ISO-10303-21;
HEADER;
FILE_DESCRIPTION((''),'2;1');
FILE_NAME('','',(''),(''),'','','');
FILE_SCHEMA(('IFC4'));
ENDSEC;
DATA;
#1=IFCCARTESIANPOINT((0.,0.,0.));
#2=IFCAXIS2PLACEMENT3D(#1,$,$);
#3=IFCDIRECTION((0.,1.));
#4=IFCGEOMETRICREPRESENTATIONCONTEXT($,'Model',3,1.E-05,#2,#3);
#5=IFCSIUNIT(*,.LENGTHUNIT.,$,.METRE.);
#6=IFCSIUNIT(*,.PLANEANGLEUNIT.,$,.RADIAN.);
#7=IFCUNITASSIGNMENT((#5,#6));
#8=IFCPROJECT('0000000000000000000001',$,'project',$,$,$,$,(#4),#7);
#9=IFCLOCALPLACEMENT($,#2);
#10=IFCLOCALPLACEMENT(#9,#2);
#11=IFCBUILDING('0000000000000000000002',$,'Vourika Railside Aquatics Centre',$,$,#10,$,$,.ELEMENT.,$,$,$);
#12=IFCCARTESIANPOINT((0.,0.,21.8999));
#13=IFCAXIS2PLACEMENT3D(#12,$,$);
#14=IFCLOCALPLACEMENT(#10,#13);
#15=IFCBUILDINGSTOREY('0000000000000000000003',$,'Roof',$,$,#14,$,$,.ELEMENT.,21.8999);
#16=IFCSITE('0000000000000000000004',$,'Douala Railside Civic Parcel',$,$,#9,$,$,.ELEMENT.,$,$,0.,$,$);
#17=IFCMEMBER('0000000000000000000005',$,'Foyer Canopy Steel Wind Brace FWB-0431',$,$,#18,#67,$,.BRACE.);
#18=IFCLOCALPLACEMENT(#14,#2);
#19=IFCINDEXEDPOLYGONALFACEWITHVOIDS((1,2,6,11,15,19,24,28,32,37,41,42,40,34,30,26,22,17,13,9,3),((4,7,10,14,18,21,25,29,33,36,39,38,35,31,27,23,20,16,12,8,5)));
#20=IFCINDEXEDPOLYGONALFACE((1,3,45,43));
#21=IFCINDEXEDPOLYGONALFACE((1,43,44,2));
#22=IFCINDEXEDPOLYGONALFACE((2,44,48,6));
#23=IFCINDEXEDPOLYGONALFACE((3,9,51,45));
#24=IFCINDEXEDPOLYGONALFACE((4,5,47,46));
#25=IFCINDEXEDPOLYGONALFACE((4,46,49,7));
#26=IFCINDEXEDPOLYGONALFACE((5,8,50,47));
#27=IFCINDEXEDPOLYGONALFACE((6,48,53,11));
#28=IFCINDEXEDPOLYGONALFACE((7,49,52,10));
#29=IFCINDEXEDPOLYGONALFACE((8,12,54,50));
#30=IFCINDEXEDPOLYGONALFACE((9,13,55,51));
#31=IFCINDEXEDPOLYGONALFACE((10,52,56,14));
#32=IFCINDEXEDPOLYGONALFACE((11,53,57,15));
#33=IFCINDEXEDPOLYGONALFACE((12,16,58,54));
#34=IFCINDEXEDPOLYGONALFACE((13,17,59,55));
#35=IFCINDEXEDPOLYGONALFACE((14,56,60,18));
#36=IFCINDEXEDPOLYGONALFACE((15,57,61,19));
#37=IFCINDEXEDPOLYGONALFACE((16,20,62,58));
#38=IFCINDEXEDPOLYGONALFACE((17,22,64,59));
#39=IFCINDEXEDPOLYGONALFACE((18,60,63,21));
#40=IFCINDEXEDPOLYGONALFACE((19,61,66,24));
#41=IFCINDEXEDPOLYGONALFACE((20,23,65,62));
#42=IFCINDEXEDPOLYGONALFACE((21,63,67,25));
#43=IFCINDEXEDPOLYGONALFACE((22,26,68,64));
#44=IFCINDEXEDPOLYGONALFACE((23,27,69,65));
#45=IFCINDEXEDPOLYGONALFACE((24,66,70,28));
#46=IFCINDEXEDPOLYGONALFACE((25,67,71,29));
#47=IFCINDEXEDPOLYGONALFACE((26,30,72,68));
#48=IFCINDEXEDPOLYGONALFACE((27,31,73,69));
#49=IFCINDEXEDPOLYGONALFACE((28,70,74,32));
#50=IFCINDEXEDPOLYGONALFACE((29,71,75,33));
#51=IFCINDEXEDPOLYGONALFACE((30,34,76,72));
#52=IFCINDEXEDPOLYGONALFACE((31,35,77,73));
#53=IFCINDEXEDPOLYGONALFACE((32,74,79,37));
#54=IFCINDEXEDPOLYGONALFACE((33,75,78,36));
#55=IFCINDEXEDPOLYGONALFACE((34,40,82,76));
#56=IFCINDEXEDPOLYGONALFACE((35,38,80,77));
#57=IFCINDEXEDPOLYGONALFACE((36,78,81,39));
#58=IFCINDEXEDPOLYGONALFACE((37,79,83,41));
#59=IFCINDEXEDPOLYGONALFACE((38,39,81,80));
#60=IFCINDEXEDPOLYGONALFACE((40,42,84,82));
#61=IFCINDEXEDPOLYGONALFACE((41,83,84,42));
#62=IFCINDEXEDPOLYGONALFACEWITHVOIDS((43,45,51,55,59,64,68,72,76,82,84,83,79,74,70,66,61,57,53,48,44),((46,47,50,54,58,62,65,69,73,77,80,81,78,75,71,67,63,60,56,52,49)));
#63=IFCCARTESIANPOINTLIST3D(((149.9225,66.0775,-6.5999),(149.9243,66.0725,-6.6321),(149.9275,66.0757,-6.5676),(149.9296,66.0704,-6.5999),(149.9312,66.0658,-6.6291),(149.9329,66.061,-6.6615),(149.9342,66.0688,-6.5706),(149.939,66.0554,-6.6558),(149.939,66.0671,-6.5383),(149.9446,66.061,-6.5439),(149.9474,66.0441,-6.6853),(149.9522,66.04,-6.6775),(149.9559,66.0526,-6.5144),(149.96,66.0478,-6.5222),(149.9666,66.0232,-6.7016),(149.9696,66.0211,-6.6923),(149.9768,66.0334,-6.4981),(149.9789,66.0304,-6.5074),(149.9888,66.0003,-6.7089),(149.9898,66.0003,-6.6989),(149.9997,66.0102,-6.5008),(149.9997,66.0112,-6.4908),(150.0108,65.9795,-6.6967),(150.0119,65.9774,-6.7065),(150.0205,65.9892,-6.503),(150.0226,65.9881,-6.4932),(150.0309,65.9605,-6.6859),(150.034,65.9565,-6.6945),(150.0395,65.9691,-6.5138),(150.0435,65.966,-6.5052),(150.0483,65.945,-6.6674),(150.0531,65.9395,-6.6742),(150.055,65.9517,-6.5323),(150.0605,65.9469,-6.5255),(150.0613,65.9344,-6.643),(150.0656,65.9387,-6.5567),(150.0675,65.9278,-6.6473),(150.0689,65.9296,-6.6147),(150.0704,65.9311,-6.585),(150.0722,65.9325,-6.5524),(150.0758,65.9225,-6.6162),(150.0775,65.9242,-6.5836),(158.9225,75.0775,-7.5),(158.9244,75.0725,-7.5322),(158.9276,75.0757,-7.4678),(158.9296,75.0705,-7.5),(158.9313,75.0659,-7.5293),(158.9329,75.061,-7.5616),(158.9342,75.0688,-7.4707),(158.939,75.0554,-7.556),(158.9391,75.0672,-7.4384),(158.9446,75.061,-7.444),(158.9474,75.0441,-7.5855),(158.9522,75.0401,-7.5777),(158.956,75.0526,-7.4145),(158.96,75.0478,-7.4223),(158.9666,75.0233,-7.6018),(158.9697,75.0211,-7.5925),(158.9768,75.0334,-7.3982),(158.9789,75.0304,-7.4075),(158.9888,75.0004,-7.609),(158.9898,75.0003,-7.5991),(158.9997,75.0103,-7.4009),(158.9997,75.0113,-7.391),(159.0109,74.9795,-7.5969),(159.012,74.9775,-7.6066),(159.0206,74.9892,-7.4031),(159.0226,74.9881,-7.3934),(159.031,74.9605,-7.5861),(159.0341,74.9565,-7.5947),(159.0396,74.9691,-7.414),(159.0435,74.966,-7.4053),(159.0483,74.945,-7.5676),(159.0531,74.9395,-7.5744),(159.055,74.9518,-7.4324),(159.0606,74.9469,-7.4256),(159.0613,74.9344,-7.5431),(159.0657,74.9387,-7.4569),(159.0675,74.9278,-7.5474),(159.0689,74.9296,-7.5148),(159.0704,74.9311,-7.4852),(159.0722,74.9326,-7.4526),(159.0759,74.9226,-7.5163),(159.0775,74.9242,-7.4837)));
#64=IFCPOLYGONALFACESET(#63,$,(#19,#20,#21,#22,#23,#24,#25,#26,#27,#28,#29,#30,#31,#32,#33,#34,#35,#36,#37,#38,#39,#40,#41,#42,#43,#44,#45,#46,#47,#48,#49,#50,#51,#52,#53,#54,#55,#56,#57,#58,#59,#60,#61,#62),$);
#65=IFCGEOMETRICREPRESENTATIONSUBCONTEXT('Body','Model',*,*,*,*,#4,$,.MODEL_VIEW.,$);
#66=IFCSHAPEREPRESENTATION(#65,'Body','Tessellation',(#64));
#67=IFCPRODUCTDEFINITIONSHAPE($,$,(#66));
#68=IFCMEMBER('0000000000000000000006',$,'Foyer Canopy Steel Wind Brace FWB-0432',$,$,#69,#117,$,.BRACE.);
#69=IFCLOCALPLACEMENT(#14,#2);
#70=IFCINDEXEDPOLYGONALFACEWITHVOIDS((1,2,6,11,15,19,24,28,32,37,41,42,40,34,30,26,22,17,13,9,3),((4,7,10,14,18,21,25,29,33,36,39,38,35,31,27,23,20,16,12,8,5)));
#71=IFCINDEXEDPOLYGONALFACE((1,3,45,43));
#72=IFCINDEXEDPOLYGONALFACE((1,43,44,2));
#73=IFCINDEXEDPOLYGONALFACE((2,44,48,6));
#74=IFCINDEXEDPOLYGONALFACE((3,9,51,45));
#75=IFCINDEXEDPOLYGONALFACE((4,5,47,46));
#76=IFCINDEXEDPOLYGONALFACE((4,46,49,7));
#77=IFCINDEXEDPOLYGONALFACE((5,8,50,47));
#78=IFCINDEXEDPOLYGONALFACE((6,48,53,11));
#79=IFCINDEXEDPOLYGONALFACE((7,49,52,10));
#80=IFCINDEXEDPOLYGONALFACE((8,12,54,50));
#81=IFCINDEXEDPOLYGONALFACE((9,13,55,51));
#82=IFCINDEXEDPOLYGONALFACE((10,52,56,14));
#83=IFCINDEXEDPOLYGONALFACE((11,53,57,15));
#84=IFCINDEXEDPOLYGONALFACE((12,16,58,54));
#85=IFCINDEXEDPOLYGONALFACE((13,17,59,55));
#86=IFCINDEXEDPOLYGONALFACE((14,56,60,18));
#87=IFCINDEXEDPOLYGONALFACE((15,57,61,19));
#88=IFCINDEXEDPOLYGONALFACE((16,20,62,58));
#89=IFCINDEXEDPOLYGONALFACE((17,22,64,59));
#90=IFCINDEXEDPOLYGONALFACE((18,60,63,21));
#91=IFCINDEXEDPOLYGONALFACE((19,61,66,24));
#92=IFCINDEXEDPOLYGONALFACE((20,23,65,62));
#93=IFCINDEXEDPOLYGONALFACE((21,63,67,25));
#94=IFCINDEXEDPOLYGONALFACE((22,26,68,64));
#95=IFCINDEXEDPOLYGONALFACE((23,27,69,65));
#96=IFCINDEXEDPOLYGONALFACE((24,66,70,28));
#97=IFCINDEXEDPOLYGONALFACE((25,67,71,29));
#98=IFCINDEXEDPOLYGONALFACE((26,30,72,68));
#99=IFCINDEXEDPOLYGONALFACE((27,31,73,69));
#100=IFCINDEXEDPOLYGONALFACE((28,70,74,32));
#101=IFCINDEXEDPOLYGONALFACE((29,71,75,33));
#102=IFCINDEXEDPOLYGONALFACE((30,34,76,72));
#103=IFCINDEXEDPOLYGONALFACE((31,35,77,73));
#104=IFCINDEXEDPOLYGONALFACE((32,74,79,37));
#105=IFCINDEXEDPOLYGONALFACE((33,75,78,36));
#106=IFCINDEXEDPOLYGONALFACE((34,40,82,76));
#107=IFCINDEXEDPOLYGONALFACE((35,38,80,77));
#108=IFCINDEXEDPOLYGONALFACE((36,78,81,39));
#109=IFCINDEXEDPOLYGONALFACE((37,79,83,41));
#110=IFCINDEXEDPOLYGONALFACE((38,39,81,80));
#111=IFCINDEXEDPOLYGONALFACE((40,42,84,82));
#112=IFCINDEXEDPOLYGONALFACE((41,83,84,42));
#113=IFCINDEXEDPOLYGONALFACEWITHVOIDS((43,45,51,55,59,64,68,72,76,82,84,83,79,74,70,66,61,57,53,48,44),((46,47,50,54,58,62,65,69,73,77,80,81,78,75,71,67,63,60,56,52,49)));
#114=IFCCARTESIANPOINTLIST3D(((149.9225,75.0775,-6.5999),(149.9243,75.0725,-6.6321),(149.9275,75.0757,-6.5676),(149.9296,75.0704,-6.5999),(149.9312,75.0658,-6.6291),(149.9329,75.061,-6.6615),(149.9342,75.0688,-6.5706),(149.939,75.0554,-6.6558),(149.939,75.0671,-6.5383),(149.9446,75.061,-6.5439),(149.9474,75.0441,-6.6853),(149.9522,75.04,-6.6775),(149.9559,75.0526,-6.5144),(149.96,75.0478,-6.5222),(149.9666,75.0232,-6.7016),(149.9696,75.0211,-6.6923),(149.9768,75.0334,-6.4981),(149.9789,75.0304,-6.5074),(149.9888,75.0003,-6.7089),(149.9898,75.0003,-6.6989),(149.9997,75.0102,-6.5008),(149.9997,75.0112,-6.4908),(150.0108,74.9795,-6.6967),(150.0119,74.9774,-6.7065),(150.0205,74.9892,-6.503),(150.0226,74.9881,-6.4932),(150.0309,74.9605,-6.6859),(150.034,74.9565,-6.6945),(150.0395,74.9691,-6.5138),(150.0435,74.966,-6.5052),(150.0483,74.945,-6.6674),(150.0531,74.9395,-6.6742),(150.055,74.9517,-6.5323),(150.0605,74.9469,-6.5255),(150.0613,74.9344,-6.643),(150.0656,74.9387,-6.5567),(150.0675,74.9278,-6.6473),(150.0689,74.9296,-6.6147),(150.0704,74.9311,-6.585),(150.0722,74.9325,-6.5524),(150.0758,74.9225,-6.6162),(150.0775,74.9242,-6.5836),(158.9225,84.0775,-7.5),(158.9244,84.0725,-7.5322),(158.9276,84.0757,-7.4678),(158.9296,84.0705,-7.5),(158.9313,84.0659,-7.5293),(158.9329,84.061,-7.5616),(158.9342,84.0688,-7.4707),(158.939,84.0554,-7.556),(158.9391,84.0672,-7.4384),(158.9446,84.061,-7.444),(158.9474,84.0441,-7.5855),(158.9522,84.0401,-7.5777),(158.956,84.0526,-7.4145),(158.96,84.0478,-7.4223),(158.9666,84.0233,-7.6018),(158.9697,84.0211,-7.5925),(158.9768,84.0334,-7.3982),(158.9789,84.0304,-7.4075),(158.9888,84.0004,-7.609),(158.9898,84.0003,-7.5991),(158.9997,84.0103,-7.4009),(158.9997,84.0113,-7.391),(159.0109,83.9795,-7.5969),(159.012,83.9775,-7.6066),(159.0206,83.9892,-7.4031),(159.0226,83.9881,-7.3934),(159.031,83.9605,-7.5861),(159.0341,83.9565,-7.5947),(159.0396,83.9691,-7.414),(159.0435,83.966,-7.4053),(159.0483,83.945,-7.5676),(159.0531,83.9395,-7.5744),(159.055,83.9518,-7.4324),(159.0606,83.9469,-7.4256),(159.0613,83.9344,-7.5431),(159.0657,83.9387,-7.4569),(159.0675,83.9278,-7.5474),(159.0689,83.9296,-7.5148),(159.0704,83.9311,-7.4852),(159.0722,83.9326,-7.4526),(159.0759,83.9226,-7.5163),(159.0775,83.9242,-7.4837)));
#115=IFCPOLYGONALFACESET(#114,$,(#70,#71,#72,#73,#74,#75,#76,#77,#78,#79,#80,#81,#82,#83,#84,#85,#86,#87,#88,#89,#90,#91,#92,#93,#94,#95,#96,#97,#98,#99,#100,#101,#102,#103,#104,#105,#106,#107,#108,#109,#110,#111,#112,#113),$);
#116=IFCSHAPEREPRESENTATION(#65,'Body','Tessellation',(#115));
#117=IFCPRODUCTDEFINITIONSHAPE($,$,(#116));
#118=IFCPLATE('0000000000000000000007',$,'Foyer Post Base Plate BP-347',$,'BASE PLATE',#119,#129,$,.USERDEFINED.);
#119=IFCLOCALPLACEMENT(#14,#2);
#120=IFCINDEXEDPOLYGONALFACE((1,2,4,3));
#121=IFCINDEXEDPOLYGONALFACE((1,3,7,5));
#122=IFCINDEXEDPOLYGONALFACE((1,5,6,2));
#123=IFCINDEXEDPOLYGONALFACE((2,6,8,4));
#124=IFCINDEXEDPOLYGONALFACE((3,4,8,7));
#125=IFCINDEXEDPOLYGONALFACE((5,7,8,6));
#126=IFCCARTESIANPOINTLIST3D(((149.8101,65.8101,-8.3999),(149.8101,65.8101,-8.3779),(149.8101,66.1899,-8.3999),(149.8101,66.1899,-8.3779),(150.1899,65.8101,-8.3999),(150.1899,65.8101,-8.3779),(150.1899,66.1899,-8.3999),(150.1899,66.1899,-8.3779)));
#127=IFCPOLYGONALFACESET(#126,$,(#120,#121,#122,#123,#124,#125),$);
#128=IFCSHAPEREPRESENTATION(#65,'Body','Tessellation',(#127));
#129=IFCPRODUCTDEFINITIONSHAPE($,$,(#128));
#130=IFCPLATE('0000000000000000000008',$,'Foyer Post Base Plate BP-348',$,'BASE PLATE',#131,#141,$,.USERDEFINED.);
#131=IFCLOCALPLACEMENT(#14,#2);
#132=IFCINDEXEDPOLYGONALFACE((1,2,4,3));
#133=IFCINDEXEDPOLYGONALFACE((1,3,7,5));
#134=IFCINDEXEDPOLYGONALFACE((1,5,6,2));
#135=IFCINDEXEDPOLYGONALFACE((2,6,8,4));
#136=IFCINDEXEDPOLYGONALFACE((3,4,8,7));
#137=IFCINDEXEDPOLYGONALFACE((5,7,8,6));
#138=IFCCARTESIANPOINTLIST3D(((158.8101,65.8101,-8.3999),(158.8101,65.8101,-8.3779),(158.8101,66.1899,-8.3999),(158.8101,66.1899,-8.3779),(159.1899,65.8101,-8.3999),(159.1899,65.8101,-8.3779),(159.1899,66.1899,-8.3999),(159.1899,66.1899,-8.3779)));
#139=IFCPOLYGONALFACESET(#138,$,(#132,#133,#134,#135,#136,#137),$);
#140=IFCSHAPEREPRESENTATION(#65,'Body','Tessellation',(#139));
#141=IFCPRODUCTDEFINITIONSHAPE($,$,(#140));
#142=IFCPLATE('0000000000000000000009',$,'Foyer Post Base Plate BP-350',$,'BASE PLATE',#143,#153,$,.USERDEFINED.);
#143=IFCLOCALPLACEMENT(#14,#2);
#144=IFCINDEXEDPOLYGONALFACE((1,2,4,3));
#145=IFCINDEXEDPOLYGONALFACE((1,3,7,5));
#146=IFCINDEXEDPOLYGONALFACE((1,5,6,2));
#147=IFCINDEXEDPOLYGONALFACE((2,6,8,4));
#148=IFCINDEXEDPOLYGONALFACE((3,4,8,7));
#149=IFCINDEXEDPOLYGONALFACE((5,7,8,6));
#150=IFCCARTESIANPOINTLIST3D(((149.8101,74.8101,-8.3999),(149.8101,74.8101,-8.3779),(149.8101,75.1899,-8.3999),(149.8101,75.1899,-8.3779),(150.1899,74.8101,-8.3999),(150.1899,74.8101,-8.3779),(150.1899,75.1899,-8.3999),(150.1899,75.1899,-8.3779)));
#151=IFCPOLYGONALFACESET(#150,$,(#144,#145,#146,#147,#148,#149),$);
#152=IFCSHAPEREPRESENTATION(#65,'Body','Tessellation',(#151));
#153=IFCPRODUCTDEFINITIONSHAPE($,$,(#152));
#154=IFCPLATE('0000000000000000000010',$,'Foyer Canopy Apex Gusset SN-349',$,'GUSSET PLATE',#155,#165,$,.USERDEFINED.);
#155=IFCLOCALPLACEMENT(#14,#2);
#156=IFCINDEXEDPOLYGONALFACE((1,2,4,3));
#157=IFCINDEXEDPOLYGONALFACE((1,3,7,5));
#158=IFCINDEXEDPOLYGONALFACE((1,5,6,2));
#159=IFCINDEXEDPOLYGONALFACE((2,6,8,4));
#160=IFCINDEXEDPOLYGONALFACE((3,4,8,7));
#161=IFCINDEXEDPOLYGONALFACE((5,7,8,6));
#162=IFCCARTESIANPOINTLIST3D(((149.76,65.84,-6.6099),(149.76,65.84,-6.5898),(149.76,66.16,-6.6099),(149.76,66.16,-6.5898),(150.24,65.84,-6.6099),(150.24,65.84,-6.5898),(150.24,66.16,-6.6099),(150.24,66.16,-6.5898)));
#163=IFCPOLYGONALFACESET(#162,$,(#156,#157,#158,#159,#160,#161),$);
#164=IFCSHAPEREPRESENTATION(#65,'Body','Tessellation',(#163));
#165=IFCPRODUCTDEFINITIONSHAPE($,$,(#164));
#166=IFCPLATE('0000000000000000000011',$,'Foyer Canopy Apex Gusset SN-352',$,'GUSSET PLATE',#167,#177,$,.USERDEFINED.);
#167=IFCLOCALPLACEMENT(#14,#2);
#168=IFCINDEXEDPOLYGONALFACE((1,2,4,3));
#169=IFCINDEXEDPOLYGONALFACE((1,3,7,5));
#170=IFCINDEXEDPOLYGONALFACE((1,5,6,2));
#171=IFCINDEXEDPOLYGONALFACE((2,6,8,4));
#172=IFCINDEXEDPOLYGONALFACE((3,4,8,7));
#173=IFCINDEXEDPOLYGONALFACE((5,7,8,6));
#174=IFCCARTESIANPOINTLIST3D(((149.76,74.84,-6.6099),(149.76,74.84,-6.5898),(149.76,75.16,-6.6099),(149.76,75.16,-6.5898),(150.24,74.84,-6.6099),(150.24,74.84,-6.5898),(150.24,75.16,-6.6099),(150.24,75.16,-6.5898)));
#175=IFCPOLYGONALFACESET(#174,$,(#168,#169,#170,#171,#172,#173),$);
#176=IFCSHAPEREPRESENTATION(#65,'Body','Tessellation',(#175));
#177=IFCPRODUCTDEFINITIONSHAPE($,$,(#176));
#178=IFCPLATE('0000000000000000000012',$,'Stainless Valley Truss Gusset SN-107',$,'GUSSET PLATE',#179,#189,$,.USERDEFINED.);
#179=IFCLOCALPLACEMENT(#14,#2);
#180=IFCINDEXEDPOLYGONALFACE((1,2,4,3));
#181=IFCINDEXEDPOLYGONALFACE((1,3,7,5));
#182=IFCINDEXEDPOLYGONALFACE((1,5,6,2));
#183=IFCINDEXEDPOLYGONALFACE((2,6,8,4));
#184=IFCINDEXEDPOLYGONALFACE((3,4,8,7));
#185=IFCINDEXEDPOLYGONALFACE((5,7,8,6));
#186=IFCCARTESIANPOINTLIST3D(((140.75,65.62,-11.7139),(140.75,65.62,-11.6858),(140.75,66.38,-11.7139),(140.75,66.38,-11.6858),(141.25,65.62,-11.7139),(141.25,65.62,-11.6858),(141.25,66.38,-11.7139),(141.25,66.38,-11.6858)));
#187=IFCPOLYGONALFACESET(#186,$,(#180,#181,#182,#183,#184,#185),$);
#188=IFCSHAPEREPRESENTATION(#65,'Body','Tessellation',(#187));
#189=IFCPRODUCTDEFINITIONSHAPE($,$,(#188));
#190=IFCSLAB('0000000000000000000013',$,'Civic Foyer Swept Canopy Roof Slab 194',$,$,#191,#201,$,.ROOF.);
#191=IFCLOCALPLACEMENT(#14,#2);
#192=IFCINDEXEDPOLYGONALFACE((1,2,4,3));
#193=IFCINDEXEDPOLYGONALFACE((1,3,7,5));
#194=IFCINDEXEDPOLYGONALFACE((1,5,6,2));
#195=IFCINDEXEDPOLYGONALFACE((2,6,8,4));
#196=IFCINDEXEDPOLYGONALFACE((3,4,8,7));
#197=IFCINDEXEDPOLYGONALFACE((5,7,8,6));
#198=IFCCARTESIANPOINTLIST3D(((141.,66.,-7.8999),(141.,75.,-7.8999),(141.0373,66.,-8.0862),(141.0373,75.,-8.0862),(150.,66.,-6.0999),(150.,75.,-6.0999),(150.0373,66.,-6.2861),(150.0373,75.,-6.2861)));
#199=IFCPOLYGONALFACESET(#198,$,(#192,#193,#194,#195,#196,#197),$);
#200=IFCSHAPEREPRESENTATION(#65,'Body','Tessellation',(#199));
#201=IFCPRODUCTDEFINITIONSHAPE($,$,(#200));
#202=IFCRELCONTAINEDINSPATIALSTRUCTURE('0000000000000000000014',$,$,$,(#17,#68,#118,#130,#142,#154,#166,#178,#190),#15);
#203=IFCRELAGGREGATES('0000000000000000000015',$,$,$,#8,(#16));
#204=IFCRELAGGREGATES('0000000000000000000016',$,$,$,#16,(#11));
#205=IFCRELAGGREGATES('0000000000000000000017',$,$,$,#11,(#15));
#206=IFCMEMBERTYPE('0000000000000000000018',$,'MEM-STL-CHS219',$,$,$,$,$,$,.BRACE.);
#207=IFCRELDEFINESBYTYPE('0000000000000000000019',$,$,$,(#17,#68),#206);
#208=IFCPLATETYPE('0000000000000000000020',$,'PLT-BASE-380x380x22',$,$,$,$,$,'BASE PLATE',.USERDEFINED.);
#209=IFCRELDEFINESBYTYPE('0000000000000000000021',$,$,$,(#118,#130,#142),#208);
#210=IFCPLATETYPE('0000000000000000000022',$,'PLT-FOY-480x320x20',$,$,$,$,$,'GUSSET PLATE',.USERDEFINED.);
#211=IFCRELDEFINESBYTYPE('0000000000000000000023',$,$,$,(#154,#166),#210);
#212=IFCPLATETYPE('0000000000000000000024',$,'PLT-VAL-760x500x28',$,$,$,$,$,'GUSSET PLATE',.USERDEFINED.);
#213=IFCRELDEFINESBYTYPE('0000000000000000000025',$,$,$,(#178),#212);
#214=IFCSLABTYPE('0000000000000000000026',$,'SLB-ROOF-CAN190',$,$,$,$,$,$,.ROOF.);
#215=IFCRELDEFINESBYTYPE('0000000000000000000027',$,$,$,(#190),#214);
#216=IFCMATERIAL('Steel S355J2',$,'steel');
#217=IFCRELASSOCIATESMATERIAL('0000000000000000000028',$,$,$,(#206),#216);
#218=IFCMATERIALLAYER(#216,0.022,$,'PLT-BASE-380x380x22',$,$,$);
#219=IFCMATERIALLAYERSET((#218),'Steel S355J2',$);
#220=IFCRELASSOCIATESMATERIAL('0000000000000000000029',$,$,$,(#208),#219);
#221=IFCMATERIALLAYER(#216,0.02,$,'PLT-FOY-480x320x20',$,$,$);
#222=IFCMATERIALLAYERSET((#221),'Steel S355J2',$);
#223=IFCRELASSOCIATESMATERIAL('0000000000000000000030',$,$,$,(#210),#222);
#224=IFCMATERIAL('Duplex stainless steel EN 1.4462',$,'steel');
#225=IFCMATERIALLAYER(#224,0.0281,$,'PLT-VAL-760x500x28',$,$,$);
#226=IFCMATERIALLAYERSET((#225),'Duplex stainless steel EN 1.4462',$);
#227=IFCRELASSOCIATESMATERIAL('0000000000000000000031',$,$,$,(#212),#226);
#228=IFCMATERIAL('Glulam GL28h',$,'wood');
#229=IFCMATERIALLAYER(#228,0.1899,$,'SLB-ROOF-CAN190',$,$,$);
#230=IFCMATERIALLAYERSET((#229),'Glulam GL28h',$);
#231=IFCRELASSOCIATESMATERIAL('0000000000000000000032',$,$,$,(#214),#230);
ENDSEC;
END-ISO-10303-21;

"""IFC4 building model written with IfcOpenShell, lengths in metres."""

from ifc_helpers import new_model, si_unit, direction, frame, origin, origin_2d, place, context, subcontext, project, spatial, polyline, rectangle, hollow_circle, outline, extrude, material, layer, layer_set, material_profile, profile_set, type_object, element, save


model = new_model("IFC4")

# Units and contexts
model_context = context("Model", 3, precision=1e-05, world=origin(), true_north=direction((0.0, 1.0)))
body_context = subcontext(model_context, "Body", "Model", "MODEL_VIEW")
ifc_project = project(units=[si_unit("LENGTHUNIT", "METRE"), si_unit("PLANEANGLEUNIT", "RADIAN")], contexts=[model_context])

# Site, building, storey
site_placement = place(None, origin())
site = spatial("IfcSite", under=ifc_project, at=site_placement, Name="Douala Railside Civic Parcel", CompositionType="ELEMENT", RefElevation=0.0)
building_placement = place(site_placement, origin())
building = spatial("IfcBuilding", under=site, at=building_placement, Name="Vourika Railside Aquatics Centre", CompositionType="ELEMENT")
storey_placement = place(building_placement, frame((0.0, 0.0, 21.8999)))
storey = spatial("IfcBuildingStorey", under=building, at=storey_placement, Name="Roof", CompositionType="ELEMENT", Elevation=21.8999)

# Shared definitions
ifc_material_1 = material(Name="Steel S355J2", Category="steel")

# Members
ifc_material_profile_1 = material_profile(ifc_material_1, hollow_circle(Radius=0.1096, WallThickness=0.01, at=origin_2d()), Name="CHS 219.1x10")
ifc_profile_set_1 = profile_set([ifc_material_profile_1], Name="Steel S355J2")
member_type = type_object("IfcMemberType", Name="MEM-STL-CHS219", PredefinedType="BRACE", material=ifc_profile_set_1)
for number, where, z_axis, x_axis, name in (
    (1, (150.0, 66.0, -6.5999), (0.705345, 0.705345, -0.070546), (-0.707107, 0.707107, 0.0), "Foyer Canopy Steel Wind Brace FWB-0431"),
    (2, (150.0, 75.0, -6.5999), (0.705345, 0.705345, -0.070546), (-0.707107, 0.707107, 0.0), "Foyer Canopy Steel Wind Brace FWB-0432"),
):
    element("IfcMember", number, at=place(storey_placement, frame(where, z_axis=z_axis, x_axis=x_axis)), inside=storey, type_object=member_type, Name=name, PredefinedType="BRACE", context=body_context, shape_type="SweptSolid", body=[
        extrude(hollow_circle(Radius=0.1096, WallThickness=0.01, at=origin_2d()), origin(), (0.0, 0.0, 1.0), 12.7598),
    ])

# Plates
ifc_layer_1 = layer(ifc_material_1, 0.022, Name="PLT-BASE-380x380x22")
ifc_layer_set_1 = layer_set([ifc_layer_1], Name="Steel S355J2")
plate_type_1 = type_object("IfcPlateType", Name="PLT-BASE-380x380x22", ElementType="BASE PLATE", PredefinedType="USERDEFINED", material=ifc_layer_set_1)
for number, where, z_axis, x_axis, name in (
    (3, (150.0, 66.0, -8.3999), (0.0, 0.0, 1.0), (1.0, 0.0, 0.0), "Foyer Post Base Plate BP-347"),
    (4, (159.0, 66.0, -8.3999), (0.0, 0.0, 1.0), (1.0, 0.0, 0.0), "Foyer Post Base Plate BP-348"),
    (5, (150.0, 75.0, -8.3999), (0.0, 0.0, 1.0), (1.0, 0.0, 0.0), "Foyer Post Base Plate BP-350"),
):
    element("IfcPlate", number, at=place(storey_placement, frame(where, z_axis=z_axis, x_axis=x_axis)), inside=storey, type_object=plate_type_1, Name=name, ObjectType="BASE PLATE", PredefinedType="USERDEFINED", context=body_context, shape_type="SweptSolid", body=[
        extrude(rectangle(XDim=0.3799, YDim=0.3799, at=origin_2d()), origin(), (0.0, 0.0, 1.0), 0.022),
    ])
ifc_layer_2 = layer(ifc_material_1, 0.02, Name="PLT-FOY-480x320x20")
ifc_layer_set_2 = layer_set([ifc_layer_2], Name="Steel S355J2")
plate_type_2 = type_object("IfcPlateType", Name="PLT-FOY-480x320x20", ElementType="GUSSET PLATE", PredefinedType="USERDEFINED", material=ifc_layer_set_2)
for number, where, z_axis, x_axis, name in (
    (6, (150.0, 66.0, -6.6099), (0.0, 0.0, 1.0), (1.0, 0.0, 0.0), "Foyer Canopy Apex Gusset SN-349"),
    (7, (150.0, 75.0, -6.6099), (0.0, 0.0, 1.0), (1.0, 0.0, 0.0), "Foyer Canopy Apex Gusset SN-352"),
):
    element("IfcPlate", number, at=place(storey_placement, frame(where, z_axis=z_axis, x_axis=x_axis)), inside=storey, type_object=plate_type_2, Name=name, ObjectType="GUSSET PLATE", PredefinedType="USERDEFINED", context=body_context, shape_type="SweptSolid", body=[
        extrude(rectangle(XDim=0.48, YDim=0.3201, at=origin_2d()), origin(), (0.0, 0.0, 1.0), 0.02),
    ])
ifc_material_2 = material(Name="Duplex stainless steel EN 1.4462", Category="steel")
ifc_layer_3 = layer(ifc_material_2, 0.0281, Name="PLT-VAL-760x500x28")
ifc_layer_set_3 = layer_set([ifc_layer_3], Name="Duplex stainless steel EN 1.4462")
plate_type_3 = type_object("IfcPlateType", Name="PLT-VAL-760x500x28", ElementType="GUSSET PLATE", PredefinedType="USERDEFINED", material=ifc_layer_set_3)
plate_placement = place(storey_placement, frame((141.0, 66.0, -11.7139), z_axis=(0.0, 0.0, 1.0), x_axis=(0.0, 1.0, 0.0)))
element("IfcPlate", 8, at=plate_placement, inside=storey, type_object=plate_type_3, Name="Stainless Valley Truss Gusset SN-107", ObjectType="GUSSET PLATE", PredefinedType="USERDEFINED", context=body_context, shape_type="SweptSolid", body=[
    extrude(rectangle(XDim=0.76, YDim=0.5, at=origin_2d()), origin(), (0.0, 0.0, 1.0), 0.0281),
])

# Slab
ifc_material_3 = material(Name="Glulam GL28h", Category="wood")
ifc_layer_4 = layer(ifc_material_3, 0.1899, Name="SLB-ROOF-CAN190")
ifc_layer_set_4 = layer_set([ifc_layer_4], Name="Glulam GL28h")
slab_type = type_object("IfcSlabType", Name="SLB-ROOF-CAN190", PredefinedType="ROOF", material=ifc_layer_set_4)
slab_1_placement = place(storey_placement, frame((141.0, 66.0, -7.8999), z_axis=(-0.196121, 0.0, 0.98058), x_axis=(0.98058, 0.0, 0.196121)))
element("IfcSlab", 9, at=slab_1_placement, inside=storey, type_object=slab_type, Name="Civic Foyer Swept Canopy Roof Slab 194", PredefinedType="ROOF", context=body_context, shape_type="SweptSolid", body=[
    extrude(outline(polyline([(0.0, 0.0), (9.1782, 0.0), (9.1782, 9.0), (0.0, 9.0), (0.0, 0.0)])), origin(), (0.0, 0.0, -1.0), 0.1899),
])

save(model, "model.ifc")
